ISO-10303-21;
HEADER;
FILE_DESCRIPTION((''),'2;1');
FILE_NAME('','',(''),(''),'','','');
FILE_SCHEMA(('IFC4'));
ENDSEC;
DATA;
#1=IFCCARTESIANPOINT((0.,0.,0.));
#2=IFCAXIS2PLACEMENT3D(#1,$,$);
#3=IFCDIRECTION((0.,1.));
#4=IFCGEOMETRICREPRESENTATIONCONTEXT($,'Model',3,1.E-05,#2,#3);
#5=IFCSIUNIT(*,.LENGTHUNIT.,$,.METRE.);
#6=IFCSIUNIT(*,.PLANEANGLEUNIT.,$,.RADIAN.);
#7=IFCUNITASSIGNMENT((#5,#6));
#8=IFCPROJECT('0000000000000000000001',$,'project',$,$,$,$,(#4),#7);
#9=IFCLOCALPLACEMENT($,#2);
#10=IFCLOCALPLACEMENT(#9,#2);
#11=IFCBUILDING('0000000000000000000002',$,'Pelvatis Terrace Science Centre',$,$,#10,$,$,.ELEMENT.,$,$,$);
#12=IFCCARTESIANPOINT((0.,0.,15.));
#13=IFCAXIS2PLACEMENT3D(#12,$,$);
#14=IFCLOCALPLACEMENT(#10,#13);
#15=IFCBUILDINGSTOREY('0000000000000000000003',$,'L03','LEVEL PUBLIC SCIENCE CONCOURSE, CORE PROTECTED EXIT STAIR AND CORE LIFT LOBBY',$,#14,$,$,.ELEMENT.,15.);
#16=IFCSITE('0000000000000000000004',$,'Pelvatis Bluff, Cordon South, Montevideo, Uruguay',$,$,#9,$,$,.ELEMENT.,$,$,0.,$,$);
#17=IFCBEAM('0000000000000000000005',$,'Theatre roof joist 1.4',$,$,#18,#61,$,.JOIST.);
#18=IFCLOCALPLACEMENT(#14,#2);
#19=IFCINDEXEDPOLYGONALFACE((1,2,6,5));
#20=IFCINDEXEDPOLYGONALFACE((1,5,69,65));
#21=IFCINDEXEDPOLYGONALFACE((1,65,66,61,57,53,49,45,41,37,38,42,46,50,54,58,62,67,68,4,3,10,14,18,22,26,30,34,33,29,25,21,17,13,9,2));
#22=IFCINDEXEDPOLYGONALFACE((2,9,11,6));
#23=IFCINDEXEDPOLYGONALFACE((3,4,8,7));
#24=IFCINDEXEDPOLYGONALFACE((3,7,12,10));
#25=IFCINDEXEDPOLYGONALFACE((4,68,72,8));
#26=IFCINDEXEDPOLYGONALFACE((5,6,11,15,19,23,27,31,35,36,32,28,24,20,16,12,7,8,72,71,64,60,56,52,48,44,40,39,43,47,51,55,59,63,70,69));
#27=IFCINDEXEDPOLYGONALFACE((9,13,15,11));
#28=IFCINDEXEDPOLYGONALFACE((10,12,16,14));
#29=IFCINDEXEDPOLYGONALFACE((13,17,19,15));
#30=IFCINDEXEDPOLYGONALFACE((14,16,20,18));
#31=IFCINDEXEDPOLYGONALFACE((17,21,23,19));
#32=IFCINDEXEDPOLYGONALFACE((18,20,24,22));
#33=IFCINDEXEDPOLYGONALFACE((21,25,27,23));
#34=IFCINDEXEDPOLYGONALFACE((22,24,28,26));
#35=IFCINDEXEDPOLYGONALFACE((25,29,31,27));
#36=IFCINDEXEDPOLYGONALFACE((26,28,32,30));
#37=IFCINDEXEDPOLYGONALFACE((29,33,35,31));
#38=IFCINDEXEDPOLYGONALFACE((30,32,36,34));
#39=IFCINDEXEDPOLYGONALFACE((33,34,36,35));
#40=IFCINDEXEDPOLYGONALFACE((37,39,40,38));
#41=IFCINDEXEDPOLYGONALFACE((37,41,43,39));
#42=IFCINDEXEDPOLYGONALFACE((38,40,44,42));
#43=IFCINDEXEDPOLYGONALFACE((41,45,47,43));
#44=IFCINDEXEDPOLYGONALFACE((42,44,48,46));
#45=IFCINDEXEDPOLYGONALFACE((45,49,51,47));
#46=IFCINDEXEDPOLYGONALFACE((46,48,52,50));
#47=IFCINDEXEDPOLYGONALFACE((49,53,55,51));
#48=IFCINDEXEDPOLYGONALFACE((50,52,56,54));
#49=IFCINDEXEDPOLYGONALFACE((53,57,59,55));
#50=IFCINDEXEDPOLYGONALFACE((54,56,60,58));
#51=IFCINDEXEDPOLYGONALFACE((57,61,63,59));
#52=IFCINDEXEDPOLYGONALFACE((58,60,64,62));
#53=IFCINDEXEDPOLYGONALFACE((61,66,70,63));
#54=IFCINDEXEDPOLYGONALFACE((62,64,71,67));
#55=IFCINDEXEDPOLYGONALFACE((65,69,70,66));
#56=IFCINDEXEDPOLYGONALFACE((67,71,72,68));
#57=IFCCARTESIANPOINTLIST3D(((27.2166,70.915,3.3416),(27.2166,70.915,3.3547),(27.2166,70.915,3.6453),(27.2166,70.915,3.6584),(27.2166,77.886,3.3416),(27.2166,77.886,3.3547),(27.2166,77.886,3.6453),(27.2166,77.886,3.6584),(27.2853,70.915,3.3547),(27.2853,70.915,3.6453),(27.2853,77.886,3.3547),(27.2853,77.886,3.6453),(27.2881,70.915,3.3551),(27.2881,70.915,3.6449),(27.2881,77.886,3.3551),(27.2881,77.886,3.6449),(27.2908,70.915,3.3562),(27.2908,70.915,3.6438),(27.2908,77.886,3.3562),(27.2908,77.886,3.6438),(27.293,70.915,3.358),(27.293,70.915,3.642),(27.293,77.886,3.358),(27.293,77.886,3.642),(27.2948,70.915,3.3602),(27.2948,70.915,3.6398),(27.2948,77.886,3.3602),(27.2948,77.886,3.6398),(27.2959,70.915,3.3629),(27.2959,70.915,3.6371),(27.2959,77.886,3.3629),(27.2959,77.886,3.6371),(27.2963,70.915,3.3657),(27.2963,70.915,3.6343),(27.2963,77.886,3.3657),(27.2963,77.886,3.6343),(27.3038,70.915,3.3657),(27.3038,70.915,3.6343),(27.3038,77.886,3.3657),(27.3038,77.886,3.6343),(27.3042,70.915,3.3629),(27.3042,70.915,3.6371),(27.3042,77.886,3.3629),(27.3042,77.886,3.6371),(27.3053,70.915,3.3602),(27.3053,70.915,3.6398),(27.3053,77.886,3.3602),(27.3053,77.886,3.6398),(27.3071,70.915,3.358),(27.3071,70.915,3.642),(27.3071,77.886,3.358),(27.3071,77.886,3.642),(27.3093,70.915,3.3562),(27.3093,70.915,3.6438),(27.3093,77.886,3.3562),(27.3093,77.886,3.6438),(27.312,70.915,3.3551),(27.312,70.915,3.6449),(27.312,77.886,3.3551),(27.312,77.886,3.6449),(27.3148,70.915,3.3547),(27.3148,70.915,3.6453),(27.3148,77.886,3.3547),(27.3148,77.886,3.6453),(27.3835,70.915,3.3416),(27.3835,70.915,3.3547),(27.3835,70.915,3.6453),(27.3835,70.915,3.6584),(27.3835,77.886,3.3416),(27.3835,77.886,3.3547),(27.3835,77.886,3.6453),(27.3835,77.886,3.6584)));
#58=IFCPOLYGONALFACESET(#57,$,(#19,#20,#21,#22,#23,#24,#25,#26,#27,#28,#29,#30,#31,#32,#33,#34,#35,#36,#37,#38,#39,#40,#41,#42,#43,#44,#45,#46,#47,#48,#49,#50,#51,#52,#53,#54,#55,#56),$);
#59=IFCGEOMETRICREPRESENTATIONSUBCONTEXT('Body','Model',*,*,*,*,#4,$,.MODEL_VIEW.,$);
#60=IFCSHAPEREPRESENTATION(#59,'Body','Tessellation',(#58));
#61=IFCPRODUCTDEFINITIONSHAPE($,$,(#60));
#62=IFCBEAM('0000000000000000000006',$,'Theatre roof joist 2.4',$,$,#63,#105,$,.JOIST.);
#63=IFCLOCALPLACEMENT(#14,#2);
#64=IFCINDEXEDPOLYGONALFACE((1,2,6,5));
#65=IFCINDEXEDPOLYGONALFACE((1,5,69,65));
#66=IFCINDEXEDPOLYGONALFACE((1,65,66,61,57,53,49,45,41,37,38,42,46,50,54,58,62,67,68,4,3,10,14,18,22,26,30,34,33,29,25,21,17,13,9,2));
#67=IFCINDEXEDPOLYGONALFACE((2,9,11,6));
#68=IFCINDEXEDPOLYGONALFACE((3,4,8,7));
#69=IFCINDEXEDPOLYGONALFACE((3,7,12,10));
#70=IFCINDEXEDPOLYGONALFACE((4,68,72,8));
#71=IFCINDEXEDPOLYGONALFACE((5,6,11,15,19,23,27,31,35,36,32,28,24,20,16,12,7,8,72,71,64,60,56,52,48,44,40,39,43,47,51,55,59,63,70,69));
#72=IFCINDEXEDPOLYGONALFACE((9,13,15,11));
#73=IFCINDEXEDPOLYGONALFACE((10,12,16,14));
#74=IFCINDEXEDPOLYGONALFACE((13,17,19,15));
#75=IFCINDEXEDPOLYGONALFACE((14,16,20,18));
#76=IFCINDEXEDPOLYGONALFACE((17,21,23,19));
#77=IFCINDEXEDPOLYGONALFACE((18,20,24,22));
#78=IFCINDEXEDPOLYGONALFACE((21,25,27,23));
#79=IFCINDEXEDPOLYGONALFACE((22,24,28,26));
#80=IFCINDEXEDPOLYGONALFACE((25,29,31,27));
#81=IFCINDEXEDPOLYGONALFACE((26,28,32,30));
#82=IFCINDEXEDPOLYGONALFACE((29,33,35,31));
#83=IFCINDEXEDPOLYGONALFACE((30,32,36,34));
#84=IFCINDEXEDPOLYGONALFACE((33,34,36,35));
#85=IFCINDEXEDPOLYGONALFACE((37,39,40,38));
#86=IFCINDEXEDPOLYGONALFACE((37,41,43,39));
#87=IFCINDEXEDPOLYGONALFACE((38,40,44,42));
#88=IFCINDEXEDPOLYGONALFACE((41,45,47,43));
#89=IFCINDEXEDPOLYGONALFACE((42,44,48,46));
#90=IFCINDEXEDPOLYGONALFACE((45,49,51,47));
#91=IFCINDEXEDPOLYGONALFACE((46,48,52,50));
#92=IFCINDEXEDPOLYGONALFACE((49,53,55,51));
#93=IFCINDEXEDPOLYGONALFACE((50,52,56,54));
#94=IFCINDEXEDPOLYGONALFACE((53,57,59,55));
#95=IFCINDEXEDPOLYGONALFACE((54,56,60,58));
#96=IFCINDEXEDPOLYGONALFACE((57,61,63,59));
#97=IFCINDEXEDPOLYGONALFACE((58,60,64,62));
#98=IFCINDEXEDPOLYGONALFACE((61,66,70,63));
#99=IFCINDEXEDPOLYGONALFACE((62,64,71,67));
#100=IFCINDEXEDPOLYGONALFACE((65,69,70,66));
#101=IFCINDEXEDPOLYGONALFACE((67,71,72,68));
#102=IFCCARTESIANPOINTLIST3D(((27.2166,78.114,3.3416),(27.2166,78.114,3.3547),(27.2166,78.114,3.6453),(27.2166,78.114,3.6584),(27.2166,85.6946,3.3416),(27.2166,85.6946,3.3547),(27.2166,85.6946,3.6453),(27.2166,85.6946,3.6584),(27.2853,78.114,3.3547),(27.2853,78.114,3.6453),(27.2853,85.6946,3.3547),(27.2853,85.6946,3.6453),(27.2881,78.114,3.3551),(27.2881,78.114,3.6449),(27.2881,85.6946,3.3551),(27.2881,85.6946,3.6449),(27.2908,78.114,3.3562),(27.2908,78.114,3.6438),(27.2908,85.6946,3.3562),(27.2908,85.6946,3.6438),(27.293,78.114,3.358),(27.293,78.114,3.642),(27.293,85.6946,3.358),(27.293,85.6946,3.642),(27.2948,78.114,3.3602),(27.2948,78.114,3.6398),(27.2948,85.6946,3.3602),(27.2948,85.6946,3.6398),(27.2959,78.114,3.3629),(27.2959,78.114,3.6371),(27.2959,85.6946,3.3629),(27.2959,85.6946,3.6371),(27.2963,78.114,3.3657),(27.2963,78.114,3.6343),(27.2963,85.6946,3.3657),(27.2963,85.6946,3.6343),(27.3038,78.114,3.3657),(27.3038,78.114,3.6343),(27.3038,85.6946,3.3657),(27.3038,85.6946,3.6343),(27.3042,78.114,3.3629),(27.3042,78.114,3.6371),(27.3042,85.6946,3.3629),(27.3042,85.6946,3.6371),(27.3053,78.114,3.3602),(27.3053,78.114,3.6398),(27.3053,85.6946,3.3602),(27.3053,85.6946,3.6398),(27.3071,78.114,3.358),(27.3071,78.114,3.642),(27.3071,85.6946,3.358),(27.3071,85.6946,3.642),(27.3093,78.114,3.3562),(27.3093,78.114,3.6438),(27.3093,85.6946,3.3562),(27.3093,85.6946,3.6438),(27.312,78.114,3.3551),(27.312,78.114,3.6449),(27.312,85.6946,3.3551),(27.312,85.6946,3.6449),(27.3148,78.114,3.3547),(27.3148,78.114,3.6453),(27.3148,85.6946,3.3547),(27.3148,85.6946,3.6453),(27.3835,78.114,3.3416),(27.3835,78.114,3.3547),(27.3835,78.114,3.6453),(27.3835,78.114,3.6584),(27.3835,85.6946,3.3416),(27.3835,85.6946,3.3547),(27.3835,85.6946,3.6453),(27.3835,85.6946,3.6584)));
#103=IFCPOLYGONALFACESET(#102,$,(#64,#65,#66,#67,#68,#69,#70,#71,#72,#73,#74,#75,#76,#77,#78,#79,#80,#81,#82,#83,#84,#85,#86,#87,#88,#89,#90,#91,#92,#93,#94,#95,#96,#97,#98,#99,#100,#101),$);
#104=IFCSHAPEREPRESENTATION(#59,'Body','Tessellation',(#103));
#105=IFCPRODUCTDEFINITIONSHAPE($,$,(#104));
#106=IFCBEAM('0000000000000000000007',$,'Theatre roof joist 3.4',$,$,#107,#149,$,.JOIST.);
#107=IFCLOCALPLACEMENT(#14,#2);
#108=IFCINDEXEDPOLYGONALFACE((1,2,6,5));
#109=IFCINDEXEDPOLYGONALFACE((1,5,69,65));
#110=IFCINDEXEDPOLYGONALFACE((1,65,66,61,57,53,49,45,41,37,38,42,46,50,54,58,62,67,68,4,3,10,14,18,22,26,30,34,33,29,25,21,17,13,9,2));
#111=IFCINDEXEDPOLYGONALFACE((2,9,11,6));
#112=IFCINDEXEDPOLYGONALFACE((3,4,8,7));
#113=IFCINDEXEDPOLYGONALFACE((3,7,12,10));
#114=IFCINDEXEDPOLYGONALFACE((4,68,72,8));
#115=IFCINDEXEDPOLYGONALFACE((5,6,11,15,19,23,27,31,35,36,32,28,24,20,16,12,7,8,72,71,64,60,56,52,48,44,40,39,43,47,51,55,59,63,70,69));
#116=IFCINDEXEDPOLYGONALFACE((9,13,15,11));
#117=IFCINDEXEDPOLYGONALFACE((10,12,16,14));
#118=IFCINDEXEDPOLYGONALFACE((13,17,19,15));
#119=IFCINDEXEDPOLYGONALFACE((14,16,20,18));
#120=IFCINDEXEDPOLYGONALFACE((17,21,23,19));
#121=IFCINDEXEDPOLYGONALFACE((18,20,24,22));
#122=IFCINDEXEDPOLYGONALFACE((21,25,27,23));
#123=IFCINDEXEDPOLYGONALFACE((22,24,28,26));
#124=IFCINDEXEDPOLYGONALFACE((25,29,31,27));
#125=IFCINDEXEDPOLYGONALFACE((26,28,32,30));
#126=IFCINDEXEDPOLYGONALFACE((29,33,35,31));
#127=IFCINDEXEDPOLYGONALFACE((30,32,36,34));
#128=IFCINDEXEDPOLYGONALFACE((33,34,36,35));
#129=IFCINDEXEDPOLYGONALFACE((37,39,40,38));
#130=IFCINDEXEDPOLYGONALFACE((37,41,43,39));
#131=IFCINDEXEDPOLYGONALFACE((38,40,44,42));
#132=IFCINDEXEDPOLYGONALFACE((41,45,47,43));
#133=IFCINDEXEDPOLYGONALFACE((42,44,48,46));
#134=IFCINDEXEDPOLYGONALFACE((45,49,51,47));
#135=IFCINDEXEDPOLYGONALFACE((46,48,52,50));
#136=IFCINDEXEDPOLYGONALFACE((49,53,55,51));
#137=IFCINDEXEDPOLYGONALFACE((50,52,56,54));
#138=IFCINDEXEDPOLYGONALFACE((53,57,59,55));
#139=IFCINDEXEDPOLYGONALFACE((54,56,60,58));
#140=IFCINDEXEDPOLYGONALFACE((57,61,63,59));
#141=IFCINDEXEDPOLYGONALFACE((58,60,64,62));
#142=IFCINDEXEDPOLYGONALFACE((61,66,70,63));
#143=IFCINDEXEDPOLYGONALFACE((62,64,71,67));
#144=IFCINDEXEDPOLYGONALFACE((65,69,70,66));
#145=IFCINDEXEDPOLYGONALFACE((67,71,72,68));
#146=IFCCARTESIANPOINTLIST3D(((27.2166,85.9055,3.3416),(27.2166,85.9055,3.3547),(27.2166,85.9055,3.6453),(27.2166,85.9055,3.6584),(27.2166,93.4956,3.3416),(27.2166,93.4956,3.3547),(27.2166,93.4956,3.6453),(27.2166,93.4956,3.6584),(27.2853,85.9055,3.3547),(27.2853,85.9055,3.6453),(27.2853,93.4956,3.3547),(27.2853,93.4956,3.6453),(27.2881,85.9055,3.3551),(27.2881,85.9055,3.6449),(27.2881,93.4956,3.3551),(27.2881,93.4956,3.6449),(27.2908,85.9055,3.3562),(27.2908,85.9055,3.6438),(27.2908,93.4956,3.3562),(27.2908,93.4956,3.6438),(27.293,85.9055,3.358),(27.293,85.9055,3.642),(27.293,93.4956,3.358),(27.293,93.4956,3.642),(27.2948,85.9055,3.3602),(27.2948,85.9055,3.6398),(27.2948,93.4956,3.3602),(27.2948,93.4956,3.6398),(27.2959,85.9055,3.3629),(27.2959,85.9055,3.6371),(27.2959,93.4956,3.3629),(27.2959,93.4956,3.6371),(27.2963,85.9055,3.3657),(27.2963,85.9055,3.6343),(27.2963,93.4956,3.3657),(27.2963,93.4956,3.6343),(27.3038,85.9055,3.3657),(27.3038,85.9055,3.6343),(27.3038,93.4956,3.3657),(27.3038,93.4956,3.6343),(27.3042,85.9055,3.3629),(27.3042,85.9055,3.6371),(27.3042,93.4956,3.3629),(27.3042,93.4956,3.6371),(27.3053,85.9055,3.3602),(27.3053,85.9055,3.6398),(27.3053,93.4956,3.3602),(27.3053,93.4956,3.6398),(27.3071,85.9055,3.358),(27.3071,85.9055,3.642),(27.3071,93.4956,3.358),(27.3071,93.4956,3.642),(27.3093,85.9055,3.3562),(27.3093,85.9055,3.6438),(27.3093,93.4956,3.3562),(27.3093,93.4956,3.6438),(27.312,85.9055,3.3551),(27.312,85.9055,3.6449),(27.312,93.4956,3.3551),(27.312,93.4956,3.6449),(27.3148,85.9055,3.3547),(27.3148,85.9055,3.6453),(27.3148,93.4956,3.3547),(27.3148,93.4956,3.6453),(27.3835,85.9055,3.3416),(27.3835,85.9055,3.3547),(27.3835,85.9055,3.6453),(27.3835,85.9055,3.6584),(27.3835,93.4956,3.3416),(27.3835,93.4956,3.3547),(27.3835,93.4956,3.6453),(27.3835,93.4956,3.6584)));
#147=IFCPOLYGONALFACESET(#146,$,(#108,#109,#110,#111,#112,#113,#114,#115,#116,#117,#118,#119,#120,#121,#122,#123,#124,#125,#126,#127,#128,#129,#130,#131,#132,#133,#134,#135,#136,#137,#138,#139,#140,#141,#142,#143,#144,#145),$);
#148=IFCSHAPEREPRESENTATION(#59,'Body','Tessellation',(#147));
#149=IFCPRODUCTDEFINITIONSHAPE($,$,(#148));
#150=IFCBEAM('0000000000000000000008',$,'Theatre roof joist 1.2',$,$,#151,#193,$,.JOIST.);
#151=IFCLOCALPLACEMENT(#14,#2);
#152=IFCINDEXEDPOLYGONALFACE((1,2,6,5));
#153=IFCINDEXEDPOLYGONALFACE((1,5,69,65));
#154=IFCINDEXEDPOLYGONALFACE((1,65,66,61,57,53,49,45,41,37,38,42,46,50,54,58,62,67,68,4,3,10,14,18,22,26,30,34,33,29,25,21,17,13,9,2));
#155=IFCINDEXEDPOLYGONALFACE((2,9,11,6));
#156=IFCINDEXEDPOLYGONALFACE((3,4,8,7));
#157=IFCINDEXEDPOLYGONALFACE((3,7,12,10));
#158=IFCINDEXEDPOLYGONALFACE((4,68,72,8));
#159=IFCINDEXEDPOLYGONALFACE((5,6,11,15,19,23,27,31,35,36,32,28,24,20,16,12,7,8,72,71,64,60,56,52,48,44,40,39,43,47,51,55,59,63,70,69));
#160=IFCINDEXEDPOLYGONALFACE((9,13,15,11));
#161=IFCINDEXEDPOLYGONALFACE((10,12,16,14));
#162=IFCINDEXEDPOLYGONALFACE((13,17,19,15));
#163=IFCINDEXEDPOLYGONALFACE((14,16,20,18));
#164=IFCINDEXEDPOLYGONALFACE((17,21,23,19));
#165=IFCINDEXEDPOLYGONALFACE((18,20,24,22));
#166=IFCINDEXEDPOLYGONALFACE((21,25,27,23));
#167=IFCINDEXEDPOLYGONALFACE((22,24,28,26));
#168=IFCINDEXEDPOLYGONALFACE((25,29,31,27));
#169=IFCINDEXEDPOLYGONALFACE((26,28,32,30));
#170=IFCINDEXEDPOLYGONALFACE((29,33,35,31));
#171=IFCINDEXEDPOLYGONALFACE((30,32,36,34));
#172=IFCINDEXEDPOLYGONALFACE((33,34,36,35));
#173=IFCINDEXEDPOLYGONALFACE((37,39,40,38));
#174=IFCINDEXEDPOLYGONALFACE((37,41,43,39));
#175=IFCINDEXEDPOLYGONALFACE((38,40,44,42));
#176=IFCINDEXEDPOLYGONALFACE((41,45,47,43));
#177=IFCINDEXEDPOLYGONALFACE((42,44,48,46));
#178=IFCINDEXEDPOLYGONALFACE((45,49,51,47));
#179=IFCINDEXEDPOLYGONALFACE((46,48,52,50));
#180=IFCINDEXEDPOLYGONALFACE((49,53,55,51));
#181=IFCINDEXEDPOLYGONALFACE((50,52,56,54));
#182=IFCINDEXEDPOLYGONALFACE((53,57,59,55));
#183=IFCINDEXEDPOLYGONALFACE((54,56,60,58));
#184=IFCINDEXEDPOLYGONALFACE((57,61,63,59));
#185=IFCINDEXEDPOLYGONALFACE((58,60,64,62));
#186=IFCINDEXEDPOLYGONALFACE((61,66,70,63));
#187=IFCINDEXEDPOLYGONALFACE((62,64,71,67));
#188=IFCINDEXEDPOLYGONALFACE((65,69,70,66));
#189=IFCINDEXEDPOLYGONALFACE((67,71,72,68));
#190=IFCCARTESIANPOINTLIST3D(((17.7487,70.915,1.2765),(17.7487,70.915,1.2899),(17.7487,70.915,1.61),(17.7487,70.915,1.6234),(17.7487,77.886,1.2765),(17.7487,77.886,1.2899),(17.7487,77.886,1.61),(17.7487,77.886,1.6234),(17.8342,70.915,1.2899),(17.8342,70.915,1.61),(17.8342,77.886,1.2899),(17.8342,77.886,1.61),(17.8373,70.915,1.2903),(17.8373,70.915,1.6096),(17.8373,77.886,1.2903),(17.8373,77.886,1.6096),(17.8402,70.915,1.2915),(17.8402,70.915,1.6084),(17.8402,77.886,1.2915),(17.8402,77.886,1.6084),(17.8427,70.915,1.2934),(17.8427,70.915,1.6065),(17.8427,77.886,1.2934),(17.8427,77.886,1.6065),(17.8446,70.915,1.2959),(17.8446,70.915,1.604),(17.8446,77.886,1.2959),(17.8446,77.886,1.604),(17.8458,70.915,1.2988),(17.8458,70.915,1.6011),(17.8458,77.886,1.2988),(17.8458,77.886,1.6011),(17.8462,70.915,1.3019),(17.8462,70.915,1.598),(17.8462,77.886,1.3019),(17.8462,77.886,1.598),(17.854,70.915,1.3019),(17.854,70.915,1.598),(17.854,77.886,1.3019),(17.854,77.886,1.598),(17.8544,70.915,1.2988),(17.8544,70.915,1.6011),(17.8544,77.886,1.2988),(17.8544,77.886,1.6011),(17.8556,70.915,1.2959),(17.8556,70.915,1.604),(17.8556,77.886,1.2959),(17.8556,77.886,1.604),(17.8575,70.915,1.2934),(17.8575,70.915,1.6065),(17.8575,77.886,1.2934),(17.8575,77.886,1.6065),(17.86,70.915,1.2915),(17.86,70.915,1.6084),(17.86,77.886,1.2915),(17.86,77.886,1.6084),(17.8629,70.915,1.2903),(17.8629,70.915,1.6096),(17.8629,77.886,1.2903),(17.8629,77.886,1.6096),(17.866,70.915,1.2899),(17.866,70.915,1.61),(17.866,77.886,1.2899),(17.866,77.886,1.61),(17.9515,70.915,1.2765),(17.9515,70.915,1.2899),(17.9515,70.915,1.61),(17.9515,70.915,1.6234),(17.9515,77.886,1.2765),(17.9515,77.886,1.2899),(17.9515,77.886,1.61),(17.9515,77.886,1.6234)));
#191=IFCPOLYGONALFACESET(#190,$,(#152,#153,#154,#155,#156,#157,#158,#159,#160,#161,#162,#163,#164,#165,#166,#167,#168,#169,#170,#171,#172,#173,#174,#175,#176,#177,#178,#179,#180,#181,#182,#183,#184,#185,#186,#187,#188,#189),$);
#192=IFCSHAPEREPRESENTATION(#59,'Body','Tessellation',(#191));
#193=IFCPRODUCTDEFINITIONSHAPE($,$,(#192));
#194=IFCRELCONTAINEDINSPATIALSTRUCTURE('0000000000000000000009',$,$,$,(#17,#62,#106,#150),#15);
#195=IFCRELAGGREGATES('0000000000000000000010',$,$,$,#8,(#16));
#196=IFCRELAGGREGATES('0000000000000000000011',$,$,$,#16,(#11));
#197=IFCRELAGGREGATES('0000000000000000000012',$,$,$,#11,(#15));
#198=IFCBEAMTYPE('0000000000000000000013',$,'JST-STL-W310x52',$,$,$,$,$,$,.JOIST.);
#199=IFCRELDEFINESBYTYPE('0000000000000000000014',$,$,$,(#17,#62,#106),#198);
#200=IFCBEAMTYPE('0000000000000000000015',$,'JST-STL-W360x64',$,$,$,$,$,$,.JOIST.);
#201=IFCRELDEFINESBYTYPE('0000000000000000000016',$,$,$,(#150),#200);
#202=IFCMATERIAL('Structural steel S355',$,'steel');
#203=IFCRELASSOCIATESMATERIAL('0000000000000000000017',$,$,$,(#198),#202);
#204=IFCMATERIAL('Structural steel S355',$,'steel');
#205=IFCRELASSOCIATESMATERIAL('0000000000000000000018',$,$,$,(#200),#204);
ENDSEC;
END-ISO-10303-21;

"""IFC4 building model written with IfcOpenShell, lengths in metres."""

from ifc_helpers import new_model, si_unit, direction, frame, origin, origin_2d, place, context, subcontext, project, spatial, i_section, extrude, material, material_profile, profile_set, type_object, element, save


model = new_model("IFC4")

# Units and contexts
model_context = context("Model", 3, precision=1e-05, world=origin(), true_north=direction((0.0, 1.0)))
body_context = subcontext(model_context, "Body", "Model", "MODEL_VIEW")
ifc_project = project(units=[si_unit("LENGTHUNIT", "METRE"), si_unit("PLANEANGLEUNIT", "RADIAN")], contexts=[model_context])

# Site, building, storey
site_placement = place(None, origin())
site = spatial("IfcSite", under=ifc_project, at=site_placement, Name="Pelvatis Bluff, Cordon South, Montevideo, Uruguay", CompositionType="ELEMENT", RefElevation=0.0)
building_placement = place(site_placement, origin())
building = spatial("IfcBuilding", under=site, at=building_placement, Name="Pelvatis Terrace Science Centre", CompositionType="ELEMENT")
storey_placement = place(building_placement, frame((0.0, 0.0, 15.0)))
storey = spatial("IfcBuildingStorey", under=building, at=storey_placement, Name="L03", Description="LEVEL PUBLIC SCIENCE CONCOURSE, CORE PROTECTED EXIT STAIR AND CORE LIFT LOBBY", CompositionType="ELEMENT", Elevation=15.0)

# Beams
ifc_material_1 = material(Name="Structural steel S355", Category="steel")
ifc_material_profile_1 = material_profile(ifc_material_1, i_section(OverallWidth=0.167, OverallDepth=0.3169, WebThickness=0.0076, FlangeThickness=0.0132, FilletRadius=0.011, at=origin_2d()), Name="W310x52")
ifc_profile_set_1 = profile_set([ifc_material_profile_1], Name="Structural steel S355")
beam_type_1 = type_object("IfcBeamType", Name="JST-STL-W310x52", PredefinedType="JOIST", material=ifc_profile_set_1)
beam_1_placement = place(storey_placement, frame((27.3, 70.915, 3.5), z_axis=(0.0, 1.0, 0.0), x_axis=(-1.0, 0.0, 0.0)))
element("IfcBeam", 1, at=beam_1_placement, inside=storey, type_object=beam_type_1, Name="Theatre roof joist 1.4", PredefinedType="JOIST", context=body_context, shape_type="SweptSolid", body=[
    extrude(i_section(OverallWidth=0.167, OverallDepth=0.3169, WebThickness=0.0076, FlangeThickness=0.0132, FilletRadius=0.011, at=origin_2d()), origin(), (0.0, 0.0, 1.0), 6.9709),
])
beam_2_placement = place(storey_placement, frame((27.3, 78.114, 3.5), z_axis=(0.0, 1.0, 0.0), x_axis=(-1.0, 0.0, 0.0)))
element("IfcBeam", 2, at=beam_2_placement, inside=storey, type_object=beam_type_1, Name="Theatre roof joist 2.4", PredefinedType="JOIST", context=body_context, shape_type="SweptSolid", body=[
    extrude(i_section(OverallWidth=0.167, OverallDepth=0.3169, WebThickness=0.0076, FlangeThickness=0.0132, FilletRadius=0.011, at=origin_2d()), origin(), (0.0, 0.0, 1.0), 7.5806),
])
beam_3_placement = place(storey_placement, frame((27.3, 85.9055, 3.5), z_axis=(0.0, 1.0, 0.0), x_axis=(-1.0, 0.0, 0.0)))
element("IfcBeam", 3, at=beam_3_placement, inside=storey, type_object=beam_type_1, Name="Theatre roof joist 3.4", PredefinedType="JOIST", context=body_context, shape_type="SweptSolid", body=[
    extrude(i_section(OverallWidth=0.167, OverallDepth=0.3169, WebThickness=0.0076, FlangeThickness=0.0132, FilletRadius=0.011, at=origin_2d()), origin(), (0.0, 0.0, 1.0), 7.5901),
])
ifc_material_2 = material(Name="Structural steel S355", Category="steel")
ifc_material_profile_2 = material_profile(ifc_material_2, i_section(OverallWidth=0.2029, OverallDepth=0.3469, WebThickness=0.0078, FlangeThickness=0.0134, FilletRadius=0.012, at=origin_2d()), Name="W360x64")
ifc_profile_set_2 = profile_set([ifc_material_profile_2], Name="Structural steel S355")
beam_type_2 = type_object("IfcBeamType", Name="JST-STL-W360x64", PredefinedType="JOIST", material=ifc_profile_set_2)
beam_4_placement = place(storey_placement, frame((17.8501, 70.915, 1.45), z_axis=(0.0, 1.0, 0.0), x_axis=(-1.0, 0.0, 0.0)))
element("IfcBeam", 4, at=beam_4_placement, inside=storey, type_object=beam_type_2, Name="Theatre roof joist 1.2", PredefinedType="JOIST", context=body_context, shape_type="SweptSolid", body=[
    extrude(i_section(OverallWidth=0.2029, OverallDepth=0.3469, WebThickness=0.0078, FlangeThickness=0.0134, FilletRadius=0.012, at=origin_2d()), origin(), (0.0, 0.0, 1.0), 6.9709),
])

save(model, "model.ifc")
